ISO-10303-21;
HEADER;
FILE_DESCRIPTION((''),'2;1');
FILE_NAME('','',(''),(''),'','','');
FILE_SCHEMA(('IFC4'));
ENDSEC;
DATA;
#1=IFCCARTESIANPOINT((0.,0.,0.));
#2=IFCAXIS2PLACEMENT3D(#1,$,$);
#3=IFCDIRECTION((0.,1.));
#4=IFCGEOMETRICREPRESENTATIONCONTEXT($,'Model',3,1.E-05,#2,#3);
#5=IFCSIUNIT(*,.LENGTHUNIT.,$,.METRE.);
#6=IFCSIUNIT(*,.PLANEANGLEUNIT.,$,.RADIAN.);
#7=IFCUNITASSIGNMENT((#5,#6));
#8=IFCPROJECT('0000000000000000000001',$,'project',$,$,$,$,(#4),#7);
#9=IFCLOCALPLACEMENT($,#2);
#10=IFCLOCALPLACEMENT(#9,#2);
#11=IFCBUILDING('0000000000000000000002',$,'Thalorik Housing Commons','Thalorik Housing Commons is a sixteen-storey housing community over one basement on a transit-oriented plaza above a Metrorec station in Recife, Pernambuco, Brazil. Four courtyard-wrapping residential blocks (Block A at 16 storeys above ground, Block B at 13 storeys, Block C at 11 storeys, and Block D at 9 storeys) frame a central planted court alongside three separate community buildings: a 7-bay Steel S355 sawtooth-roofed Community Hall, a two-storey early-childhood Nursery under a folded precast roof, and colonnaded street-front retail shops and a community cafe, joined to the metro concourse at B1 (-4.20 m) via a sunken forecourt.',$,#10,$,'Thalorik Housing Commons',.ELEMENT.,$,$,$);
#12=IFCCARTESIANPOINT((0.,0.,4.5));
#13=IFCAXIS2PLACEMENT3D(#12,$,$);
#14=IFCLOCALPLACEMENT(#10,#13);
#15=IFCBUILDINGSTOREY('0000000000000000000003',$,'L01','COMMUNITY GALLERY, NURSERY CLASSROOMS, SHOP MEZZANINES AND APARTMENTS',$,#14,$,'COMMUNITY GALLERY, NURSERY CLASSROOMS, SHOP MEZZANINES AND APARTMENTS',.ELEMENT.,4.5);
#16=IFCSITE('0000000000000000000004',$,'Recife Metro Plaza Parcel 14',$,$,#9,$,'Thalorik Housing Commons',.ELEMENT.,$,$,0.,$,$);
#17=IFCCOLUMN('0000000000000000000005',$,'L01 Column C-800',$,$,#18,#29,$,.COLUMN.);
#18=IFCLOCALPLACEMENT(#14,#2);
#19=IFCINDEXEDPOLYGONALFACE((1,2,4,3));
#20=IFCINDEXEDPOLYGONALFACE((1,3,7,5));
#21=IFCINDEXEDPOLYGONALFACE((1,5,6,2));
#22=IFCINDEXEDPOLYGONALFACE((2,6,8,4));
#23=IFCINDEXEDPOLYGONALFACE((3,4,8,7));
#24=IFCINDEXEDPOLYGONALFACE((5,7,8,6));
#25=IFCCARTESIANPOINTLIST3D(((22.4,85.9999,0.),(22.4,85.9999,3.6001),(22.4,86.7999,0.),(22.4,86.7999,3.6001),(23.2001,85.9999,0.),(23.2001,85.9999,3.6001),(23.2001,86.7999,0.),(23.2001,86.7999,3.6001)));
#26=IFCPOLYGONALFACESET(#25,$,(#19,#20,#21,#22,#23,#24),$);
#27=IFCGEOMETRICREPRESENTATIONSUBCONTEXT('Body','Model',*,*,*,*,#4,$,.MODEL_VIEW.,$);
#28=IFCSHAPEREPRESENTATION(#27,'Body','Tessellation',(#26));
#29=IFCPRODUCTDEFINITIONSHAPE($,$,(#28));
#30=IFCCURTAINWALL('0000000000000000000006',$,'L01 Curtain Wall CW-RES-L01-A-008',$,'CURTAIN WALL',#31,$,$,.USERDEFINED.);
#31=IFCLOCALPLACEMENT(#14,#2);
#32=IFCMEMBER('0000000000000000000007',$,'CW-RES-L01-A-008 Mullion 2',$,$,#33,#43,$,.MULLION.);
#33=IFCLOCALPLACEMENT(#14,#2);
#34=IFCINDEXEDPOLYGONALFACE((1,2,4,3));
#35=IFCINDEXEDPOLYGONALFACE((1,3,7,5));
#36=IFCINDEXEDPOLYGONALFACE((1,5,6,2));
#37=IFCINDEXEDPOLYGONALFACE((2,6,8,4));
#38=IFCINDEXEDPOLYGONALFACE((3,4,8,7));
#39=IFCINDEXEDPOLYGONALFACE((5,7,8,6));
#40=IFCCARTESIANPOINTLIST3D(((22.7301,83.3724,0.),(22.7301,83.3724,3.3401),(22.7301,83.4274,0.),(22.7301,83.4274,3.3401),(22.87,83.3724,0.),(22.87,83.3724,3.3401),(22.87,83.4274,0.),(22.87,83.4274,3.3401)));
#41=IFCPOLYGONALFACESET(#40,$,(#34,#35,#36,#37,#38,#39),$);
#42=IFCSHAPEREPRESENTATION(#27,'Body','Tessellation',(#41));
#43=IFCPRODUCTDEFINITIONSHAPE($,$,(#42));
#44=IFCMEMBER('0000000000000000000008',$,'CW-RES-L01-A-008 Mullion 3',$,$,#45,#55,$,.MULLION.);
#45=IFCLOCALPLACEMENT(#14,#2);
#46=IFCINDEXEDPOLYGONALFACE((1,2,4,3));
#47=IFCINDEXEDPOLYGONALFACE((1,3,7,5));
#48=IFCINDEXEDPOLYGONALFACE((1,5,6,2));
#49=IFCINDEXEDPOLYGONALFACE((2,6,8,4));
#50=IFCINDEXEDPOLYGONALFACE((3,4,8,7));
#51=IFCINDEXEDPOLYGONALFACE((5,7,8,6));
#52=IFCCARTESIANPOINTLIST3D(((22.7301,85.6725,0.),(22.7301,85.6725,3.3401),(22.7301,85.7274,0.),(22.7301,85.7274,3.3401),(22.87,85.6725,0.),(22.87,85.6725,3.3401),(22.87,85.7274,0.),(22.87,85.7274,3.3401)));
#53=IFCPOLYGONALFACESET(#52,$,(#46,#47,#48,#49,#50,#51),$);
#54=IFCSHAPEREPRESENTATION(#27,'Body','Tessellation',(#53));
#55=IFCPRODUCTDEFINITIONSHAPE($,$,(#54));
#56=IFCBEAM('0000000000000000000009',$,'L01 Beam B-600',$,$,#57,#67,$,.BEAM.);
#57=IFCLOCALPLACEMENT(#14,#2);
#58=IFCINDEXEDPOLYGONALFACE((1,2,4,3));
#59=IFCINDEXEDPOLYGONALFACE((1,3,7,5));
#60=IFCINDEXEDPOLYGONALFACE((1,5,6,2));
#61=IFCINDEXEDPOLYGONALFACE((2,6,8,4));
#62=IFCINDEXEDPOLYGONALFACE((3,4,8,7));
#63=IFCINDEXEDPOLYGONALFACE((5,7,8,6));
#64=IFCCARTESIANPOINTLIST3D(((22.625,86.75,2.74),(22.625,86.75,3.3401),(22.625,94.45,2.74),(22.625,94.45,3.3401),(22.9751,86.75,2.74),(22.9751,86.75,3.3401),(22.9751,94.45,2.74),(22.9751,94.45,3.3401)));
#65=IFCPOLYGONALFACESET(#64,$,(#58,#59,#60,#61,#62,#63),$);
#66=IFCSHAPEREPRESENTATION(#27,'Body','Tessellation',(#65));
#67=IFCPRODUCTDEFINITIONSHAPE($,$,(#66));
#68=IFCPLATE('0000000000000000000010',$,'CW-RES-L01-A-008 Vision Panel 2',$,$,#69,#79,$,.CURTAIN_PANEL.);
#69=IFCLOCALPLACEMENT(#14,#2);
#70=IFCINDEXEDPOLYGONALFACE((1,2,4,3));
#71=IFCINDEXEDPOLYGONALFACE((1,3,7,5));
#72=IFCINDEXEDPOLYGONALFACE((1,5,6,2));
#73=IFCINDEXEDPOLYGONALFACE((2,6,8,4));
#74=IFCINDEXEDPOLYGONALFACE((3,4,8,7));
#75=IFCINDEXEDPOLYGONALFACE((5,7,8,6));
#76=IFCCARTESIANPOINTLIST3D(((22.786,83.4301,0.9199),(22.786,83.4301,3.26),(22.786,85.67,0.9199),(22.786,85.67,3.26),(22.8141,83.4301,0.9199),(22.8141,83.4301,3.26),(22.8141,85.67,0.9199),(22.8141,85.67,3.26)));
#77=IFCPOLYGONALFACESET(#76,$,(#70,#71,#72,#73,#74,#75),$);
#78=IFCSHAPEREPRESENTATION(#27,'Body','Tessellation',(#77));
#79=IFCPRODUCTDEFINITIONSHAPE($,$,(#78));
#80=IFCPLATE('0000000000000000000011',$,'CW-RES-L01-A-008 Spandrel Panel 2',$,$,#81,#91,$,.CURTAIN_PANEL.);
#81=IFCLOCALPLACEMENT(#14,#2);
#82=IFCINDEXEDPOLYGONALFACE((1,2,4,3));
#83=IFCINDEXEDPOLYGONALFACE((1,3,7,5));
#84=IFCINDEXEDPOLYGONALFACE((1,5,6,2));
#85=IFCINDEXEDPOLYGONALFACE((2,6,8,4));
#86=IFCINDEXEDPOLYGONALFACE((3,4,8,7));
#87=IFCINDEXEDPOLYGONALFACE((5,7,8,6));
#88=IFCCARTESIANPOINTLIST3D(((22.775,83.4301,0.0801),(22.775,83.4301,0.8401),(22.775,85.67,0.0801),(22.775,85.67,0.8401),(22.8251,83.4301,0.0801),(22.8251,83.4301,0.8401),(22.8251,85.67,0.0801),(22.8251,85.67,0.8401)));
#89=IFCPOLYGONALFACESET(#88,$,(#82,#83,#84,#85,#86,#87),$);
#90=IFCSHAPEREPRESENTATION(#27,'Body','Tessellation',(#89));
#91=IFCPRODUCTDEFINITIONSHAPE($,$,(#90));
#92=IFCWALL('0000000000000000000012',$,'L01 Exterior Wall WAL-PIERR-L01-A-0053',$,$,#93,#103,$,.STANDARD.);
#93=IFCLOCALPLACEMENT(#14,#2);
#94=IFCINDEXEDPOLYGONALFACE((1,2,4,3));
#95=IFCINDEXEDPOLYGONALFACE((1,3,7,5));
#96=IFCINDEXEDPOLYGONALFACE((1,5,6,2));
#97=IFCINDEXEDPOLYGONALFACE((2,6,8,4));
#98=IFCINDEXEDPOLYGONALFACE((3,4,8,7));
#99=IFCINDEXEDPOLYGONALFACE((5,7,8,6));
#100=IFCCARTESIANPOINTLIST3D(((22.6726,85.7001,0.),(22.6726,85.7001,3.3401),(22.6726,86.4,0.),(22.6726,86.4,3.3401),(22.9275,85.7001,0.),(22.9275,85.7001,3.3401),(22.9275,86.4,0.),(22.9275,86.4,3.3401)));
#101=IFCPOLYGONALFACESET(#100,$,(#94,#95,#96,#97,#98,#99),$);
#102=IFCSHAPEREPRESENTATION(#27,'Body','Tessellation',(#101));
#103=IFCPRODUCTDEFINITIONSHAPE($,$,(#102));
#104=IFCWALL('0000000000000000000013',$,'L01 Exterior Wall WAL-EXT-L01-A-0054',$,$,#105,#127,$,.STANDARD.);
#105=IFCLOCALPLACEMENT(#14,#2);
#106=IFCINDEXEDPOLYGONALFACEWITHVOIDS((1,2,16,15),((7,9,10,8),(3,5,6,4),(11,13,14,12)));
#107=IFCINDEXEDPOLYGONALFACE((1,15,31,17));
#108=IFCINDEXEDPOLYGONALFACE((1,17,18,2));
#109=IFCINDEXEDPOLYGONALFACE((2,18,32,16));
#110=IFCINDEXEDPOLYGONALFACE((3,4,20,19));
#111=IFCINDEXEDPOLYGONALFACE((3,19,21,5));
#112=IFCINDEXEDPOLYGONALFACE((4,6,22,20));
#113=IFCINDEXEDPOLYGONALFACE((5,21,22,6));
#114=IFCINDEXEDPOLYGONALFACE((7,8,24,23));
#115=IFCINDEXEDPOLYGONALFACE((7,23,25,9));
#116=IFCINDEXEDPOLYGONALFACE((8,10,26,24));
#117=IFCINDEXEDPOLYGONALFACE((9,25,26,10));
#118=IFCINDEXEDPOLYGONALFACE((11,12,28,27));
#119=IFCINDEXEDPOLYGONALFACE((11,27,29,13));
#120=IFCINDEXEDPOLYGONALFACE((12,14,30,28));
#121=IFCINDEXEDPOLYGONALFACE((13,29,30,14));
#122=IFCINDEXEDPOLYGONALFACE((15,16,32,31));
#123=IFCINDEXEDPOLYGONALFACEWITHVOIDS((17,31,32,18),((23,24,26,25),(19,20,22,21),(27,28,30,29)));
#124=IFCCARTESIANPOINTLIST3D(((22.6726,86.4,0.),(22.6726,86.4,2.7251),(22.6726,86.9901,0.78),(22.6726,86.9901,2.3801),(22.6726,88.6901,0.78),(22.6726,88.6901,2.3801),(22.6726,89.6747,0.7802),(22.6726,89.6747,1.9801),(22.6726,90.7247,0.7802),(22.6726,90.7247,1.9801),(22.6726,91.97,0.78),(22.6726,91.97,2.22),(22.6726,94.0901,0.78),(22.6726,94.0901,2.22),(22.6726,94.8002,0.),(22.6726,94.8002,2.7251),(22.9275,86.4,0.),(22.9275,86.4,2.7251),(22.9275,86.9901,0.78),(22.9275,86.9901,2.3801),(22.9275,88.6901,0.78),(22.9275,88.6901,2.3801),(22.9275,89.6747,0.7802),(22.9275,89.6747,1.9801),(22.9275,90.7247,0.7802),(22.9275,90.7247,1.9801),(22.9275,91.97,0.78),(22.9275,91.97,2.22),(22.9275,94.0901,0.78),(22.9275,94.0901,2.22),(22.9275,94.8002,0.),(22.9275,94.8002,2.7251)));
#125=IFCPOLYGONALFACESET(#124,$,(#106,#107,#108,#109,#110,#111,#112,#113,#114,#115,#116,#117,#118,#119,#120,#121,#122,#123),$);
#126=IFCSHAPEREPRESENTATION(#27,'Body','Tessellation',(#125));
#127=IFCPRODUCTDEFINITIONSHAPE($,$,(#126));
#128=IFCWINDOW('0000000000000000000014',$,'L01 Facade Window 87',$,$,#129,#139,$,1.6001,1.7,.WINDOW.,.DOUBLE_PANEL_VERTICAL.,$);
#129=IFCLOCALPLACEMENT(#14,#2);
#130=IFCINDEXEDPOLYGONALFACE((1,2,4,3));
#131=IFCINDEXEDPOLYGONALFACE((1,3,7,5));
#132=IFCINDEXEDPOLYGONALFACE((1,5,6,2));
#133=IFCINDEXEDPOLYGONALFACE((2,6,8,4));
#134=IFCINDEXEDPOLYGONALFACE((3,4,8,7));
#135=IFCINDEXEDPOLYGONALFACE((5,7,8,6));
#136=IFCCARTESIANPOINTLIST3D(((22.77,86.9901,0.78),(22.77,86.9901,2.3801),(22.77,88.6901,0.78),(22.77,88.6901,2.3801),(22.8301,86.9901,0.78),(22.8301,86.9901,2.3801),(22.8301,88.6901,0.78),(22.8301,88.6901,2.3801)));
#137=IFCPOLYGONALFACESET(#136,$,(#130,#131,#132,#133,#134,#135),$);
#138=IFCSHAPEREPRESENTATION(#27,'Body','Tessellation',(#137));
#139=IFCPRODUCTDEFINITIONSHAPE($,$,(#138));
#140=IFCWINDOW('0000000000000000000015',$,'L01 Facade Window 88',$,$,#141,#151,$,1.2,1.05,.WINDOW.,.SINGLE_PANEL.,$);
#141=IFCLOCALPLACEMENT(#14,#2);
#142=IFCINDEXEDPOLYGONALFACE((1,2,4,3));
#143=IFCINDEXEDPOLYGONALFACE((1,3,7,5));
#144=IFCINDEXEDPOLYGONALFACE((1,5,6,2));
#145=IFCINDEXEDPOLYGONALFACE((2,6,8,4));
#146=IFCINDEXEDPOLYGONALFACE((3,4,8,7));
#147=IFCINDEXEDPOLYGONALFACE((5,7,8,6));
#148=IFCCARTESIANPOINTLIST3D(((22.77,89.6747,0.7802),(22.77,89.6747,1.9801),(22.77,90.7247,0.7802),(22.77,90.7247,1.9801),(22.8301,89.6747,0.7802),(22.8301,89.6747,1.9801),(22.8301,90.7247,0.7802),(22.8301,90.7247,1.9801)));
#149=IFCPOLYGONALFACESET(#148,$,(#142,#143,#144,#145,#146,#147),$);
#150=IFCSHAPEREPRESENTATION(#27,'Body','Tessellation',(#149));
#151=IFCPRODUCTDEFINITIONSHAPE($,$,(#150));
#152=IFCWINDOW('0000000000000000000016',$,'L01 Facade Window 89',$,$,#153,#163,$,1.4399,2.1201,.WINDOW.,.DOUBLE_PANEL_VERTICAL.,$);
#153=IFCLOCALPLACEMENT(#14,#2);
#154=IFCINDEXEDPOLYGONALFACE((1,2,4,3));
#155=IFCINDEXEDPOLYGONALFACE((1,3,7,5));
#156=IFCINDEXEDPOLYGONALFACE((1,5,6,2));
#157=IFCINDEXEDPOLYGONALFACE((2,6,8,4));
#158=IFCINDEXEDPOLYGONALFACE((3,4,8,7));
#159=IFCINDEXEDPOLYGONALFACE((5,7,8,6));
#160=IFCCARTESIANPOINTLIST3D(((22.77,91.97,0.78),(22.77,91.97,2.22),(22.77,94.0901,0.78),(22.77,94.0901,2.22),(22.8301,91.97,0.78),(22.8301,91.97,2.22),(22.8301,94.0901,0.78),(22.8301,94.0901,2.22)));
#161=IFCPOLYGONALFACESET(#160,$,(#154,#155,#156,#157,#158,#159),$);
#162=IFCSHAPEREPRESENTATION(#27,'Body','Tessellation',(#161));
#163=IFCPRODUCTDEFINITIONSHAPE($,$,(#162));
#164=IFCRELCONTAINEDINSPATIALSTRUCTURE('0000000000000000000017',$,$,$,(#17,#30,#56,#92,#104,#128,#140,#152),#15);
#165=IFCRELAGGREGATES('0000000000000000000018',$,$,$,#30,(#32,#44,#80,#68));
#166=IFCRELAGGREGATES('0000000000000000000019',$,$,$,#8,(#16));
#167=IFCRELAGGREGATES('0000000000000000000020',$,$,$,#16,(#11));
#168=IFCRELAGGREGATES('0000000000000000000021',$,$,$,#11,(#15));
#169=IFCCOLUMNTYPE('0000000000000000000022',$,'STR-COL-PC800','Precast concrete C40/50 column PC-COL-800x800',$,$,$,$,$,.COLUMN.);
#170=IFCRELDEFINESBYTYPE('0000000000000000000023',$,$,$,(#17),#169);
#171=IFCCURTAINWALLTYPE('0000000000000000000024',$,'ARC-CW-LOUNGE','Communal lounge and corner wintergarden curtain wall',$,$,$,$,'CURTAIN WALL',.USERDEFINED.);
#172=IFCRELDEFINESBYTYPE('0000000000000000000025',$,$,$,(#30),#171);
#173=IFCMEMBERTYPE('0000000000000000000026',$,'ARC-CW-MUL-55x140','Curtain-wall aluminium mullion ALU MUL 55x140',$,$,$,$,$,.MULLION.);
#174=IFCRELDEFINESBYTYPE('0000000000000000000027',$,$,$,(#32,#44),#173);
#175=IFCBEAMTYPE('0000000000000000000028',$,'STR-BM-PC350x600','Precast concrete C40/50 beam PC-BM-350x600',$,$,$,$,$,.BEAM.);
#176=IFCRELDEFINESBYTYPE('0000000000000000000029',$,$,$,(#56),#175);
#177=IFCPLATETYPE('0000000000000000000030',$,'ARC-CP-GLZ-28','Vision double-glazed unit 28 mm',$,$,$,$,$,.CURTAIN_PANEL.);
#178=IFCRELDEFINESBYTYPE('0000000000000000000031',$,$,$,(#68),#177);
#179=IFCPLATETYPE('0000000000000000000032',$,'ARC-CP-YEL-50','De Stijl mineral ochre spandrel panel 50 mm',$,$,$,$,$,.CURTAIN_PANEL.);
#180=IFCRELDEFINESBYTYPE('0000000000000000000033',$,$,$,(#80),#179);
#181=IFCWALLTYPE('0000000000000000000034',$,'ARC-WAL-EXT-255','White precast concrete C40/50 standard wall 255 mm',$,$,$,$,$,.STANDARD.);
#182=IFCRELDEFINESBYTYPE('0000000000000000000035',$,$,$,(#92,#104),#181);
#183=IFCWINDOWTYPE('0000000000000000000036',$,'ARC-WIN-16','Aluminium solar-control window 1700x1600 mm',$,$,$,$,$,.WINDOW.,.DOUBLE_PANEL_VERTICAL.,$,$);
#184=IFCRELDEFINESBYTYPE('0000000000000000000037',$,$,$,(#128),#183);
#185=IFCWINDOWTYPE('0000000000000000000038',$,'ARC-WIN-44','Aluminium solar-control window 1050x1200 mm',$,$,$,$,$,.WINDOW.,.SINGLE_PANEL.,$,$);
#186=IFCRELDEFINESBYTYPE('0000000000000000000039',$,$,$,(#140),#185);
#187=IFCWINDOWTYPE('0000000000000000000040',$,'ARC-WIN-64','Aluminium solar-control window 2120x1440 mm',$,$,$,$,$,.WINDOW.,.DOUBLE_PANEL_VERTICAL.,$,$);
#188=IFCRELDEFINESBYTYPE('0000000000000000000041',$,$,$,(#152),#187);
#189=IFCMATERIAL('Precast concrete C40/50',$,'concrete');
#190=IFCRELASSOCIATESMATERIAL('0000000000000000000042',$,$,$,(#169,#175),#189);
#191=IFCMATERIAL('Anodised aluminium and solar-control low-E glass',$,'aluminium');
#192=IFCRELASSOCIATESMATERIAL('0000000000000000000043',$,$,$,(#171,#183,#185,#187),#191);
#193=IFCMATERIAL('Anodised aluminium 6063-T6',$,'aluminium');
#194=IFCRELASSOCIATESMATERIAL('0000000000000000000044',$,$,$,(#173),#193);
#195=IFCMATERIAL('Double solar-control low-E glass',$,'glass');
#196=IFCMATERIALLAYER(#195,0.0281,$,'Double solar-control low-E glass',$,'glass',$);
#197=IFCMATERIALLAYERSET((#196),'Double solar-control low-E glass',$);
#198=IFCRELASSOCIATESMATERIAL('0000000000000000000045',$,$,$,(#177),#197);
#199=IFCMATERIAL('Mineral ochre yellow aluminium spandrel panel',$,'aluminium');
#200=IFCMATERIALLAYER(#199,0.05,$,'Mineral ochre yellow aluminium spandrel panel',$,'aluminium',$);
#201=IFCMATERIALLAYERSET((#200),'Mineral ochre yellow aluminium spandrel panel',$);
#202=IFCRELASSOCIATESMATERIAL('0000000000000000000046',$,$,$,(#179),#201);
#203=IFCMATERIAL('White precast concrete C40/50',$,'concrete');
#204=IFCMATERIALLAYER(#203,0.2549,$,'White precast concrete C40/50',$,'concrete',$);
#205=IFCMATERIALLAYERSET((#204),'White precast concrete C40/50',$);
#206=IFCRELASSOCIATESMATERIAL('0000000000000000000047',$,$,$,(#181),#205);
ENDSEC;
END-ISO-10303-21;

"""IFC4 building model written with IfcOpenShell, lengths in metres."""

from ifc_helpers import new_model, si_unit, direction, frame, frame_2d, origin, origin_2d, place, context, subcontext, project, spatial, rectangle, extrude, material, layer, layer_set, material_profile, profile_set, type_object, element, fill, aggregate, save


model = new_model("IFC4")

# Units and contexts
model_context = context("Model", 3, precision=1e-05, world=origin(), true_north=direction((0.0, 1.0)))
body_context = subcontext(model_context, "Body", "Model", "MODEL_VIEW")
ifc_project = project(units=[si_unit("LENGTHUNIT", "METRE"), si_unit("PLANEANGLEUNIT", "RADIAN")], contexts=[model_context])

# Site, building, storey
site_placement = place(None, origin())
site = spatial("IfcSite", under=ifc_project, at=site_placement, Name="Recife Metro Plaza Parcel 14", LongName="Thalorik Housing Commons", CompositionType="ELEMENT", RefElevation=0.0)
building_placement = place(site_placement, origin())
building = spatial("IfcBuilding", under=site, at=building_placement, Name="Thalorik Housing Commons", Description="Thalorik Housing Commons is a sixteen-storey housing community over one basement on a transit-oriented plaza above a Metrorec station in Recife, Pernambuco, Brazil. Four courtyard-wrapping residential blocks (Block A at 16 storeys above ground, Block B at 13 storeys, Block C at 11 storeys, and Block D at 9 storeys) frame a central planted court alongside three separate community buildings: a 7-bay Steel S355 sawtooth-roofed Community Hall, a two-storey early-childhood Nursery under a folded precast roof, and colonnaded street-front retail shops and a community cafe, joined to the metro concourse at B1 (-4.20 m) via a sunken forecourt.", LongName="Thalorik Housing Commons", CompositionType="ELEMENT")
storey_placement = place(building_placement, frame((0.0, 0.0, 4.5)))
storey = spatial("IfcBuildingStorey", under=building, at=storey_placement, Name="L01", Description="COMMUNITY GALLERY, NURSERY CLASSROOMS, SHOP MEZZANINES AND APARTMENTS", LongName="COMMUNITY GALLERY, NURSERY CLASSROOMS, SHOP MEZZANINES AND APARTMENTS", CompositionType="ELEMENT", Elevation=4.5)

# Column
ifc_material_1 = material(Name="Precast concrete C40/50", Category="concrete")
ifc_material_profile_1 = material_profile(ifc_material_1, rectangle(XDim=0.8, YDim=0.8, at=origin_2d()), Name="PC 800x800", Category="concrete")
ifc_profile_set_1 = profile_set([ifc_material_profile_1], Name="Precast concrete C40/50")
column_type = type_object("IfcColumnType", Name="STR-COL-PC800", Description="Precast concrete C40/50 column PC-COL-800x800", PredefinedType="COLUMN", material=ifc_profile_set_1)
column_placement = place(storey_placement, frame((22.8, 86.3999, 0.0), z_axis=(0.0, 0.0, 1.0), x_axis=(1.0, 0.0, 0.0)))
element("IfcColumn", 1, at=column_placement, inside=storey, type_object=column_type, Name="L01 Column C-800", PredefinedType="COLUMN", context=body_context, shape_type="SweptSolid", body=[
    extrude(rectangle(XDim=0.8, YDim=0.8, at=origin_2d()), origin(), (0.0, 0.0, 1.0), 3.6001),
])

# Curtain wall, members
ifc_material_2 = material(Name="Anodised aluminium and solar-control low-E glass", Category="aluminium")
curtain_wall_type = type_object("IfcCurtainWallType", Name="ARC-CW-LOUNGE", Description="Communal lounge and corner wintergarden curtain wall", ElementType="CURTAIN WALL", PredefinedType="USERDEFINED", material=ifc_material_2)
curtain_wall_placement = place(storey_placement, origin())
curtain_wall = element("IfcCurtainWall", 2, at=curtain_wall_placement, inside=storey, type_object=curtain_wall_type, Name="L01 Curtain Wall CW-RES-L01-A-008", ObjectType="CURTAIN WALL", PredefinedType="USERDEFINED")
ifc_material_3 = material(Name="Anodised aluminium 6063-T6", Category="aluminium")
ifc_material_profile_2 = material_profile(ifc_material_3, rectangle(XDim=0.0549, YDim=0.1399, at=origin_2d()), Name="ALU MUL 55x140", Category="aluminium")
ifc_profile_set_2 = profile_set([ifc_material_profile_2], Name="Anodised aluminium 6063-T6")
member_type = type_object("IfcMemberType", Name="ARC-CW-MUL-55x140", Description="Curtain-wall aluminium mullion ALU MUL 55x140", PredefinedType="MULLION", material=ifc_profile_set_2)
member_1_placement = place(storey_placement, frame((22.8, 83.3999, 0.0), z_axis=(0.0, 0.0, 1.0), x_axis=(0.0, 1.0, 0.0)))
member_1 = element("IfcMember", 3, at=member_1_placement, type_object=member_type, Name="CW-RES-L01-A-008 Mullion 2", PredefinedType="MULLION", context=body_context, shape_type="SweptSolid", body=[
    extrude(rectangle(XDim=0.0549, YDim=0.1399, at=origin_2d()), origin(), (0.0, 0.0, 1.0), 3.3401),
])
member_2_placement = place(storey_placement, frame((22.8, 85.7, 0.0), z_axis=(0.0, 0.0, 1.0), x_axis=(0.0, 1.0, 0.0)))
member_2 = element("IfcMember", 4, at=member_2_placement, type_object=member_type, Name="CW-RES-L01-A-008 Mullion 3", PredefinedType="MULLION", context=body_context, shape_type="SweptSolid", body=[
    extrude(rectangle(XDim=0.0549, YDim=0.1399, at=origin_2d()), origin(), (0.0, 0.0, 1.0), 3.3401),
])

# Beam
ifc_material_profile_3 = material_profile(ifc_material_1, rectangle(XDim=0.3501, YDim=0.6001, at=origin_2d()), Name="PC 350x600", Category="concrete")
ifc_profile_set_3 = profile_set([ifc_material_profile_3], Name="Precast concrete C40/50")
beam_type = type_object("IfcBeamType", Name="STR-BM-PC350x600", Description="Precast concrete C40/50 beam PC-BM-350x600", PredefinedType="BEAM", material=ifc_profile_set_3)
beam_placement = place(storey_placement, frame((22.8, 86.75, 3.04), z_axis=(0.0, 1.0, 0.0), x_axis=(-1.0, 0.0, 0.0)))
element("IfcBeam", 5, at=beam_placement, inside=storey, type_object=beam_type, Name="L01 Beam B-600", PredefinedType="BEAM", context=body_context, shape_type="SweptSolid", body=[
    extrude(rectangle(XDim=0.3501, YDim=0.6001, at=origin_2d()), origin(), (0.0, 0.0, 1.0), 7.7),
])

# Plates
ifc_material_4 = material(Name="Double solar-control low-E glass", Category="glass")
ifc_layer_1 = layer(ifc_material_4, 0.0281, Name="Double solar-control low-E glass", Category="glass")
ifc_layer_set_1 = layer_set([ifc_layer_1], Name="Double solar-control low-E glass")
plate_type_1 = type_object("IfcPlateType", Name="ARC-CP-GLZ-28", Description="Vision double-glazed unit 28 mm", PredefinedType="CURTAIN_PANEL", material=ifc_layer_set_1)
plate_1_placement = place(storey_placement, frame((22.8, 84.55, 0.9199), z_axis=(0.0, 0.0, 1.0), x_axis=(0.0, 1.0, 0.0)))
plate_1 = element("IfcPlate", 6, at=plate_1_placement, type_object=plate_type_1, Name="CW-RES-L01-A-008 Vision Panel 2", PredefinedType="CURTAIN_PANEL", context=body_context, shape_type="SweptSolid", body=[
    extrude(rectangle(XDim=2.24, YDim=0.0281, at=origin_2d()), origin(), (0.0, 0.0, 1.0), 2.3401),
])
ifc_material_5 = material(Name="Mineral ochre yellow aluminium spandrel panel", Category="aluminium")
ifc_layer_2 = layer(ifc_material_5, 0.05, Name="Mineral ochre yellow aluminium spandrel panel", Category="aluminium")
ifc_layer_set_2 = layer_set([ifc_layer_2], Name="Mineral ochre yellow aluminium spandrel panel")
plate_type_2 = type_object("IfcPlateType", Name="ARC-CP-YEL-50", Description="De Stijl mineral ochre spandrel panel 50 mm", PredefinedType="CURTAIN_PANEL", material=ifc_layer_set_2)
plate_2_placement = place(storey_placement, frame((22.8, 84.55, 0.0801), z_axis=(0.0, 0.0, 1.0), x_axis=(0.0, 1.0, 0.0)))
plate_2 = element("IfcPlate", 7, at=plate_2_placement, type_object=plate_type_2, Name="CW-RES-L01-A-008 Spandrel Panel 2", PredefinedType="CURTAIN_PANEL", context=body_context, shape_type="SweptSolid", body=[
    extrude(rectangle(XDim=2.24, YDim=0.05, at=origin_2d()), origin(), (0.0, 0.0, 1.0), 0.76),
])
aggregate(curtain_wall, [member_1, member_2, plate_2, plate_1])

# Wall
ifc_material_6 = material(Name="White precast concrete C40/50", Category="concrete")
ifc_layer_3 = layer(ifc_material_6, 0.2549, Name="White precast concrete C40/50", Category="concrete")
ifc_layer_set_3 = layer_set([ifc_layer_3], Name="White precast concrete C40/50")
wall_type = type_object("IfcWallType", Name="ARC-WAL-EXT-255", Description="White precast concrete C40/50 standard wall 255 mm", PredefinedType="STANDARD", material=ifc_layer_set_3)
wall_1_placement = place(storey_placement, frame((22.8, 85.7, 0.0), z_axis=(0.0, 0.0, 1.0), x_axis=(0.0, 1.0, 0.0)))
element("IfcWall", 8, at=wall_1_placement, inside=storey, type_object=wall_type, Name="L01 Exterior Wall WAL-PIERR-L01-A-0053", PredefinedType="STANDARD", context=body_context, shape_type="SweptSolid", body=[
    extrude(rectangle(XDim=0.7, YDim=0.2549, at=frame_2d((0.3501, 0.0))), origin(), (0.0, 0.0, 1.0), 3.3401),
])

# Wall, openings, windows
wall_2_placement = place(storey_placement, frame((22.8, 86.3999, 0.0), z_axis=(0.0, 0.0, 1.0), x_axis=(0.0, 1.0, 0.0)))
wall_2 = element("IfcWall", 9, at=wall_2_placement, inside=storey, type_object=wall_type, Name="L01 Exterior Wall WAL-EXT-L01-A-0054", PredefinedType="STANDARD", context=body_context, shape_type="SweptSolid", body=[
    extrude(rectangle(XDim=8.4001, YDim=0.2549, at=frame_2d((4.2002, 0.0))), origin(), (0.0, 0.0, 1.0), 2.7251),
])
opening_1_placement = place(wall_2_placement, frame((0.5901, 0.0, 0.78)))
opening_1 = element("IfcOpeningElement", 10, at=opening_1_placement, cuts=wall_2, PredefinedType="OPENING", context=body_context, shape_type="SweptSolid", body=[
    extrude(rectangle(XDim=1.7, YDim=1.6001, at=frame_2d((0.8501, 0.8))), frame((0.0, 0.1375, 0.0), z_axis=(0.0, -1.0, 0.0), x_axis=(1.0, 0.0, 0.0)), (0.0, 0.0, 1.0), 0.2749),
])
opening_2_placement = place(wall_2_placement, frame((3.2749, 0.0, 0.78)))
opening_2 = element("IfcOpeningElement", 11, at=opening_2_placement, cuts=wall_2, PredefinedType="OPENING", context=body_context, shape_type="SweptSolid", body=[
    extrude(rectangle(XDim=1.05, YDim=1.2, at=frame_2d((0.5249, 0.6001))), frame((0.0, 0.1375, 0.0), z_axis=(0.0, -1.0, 0.0), x_axis=(1.0, 0.0, 0.0)), (0.0, 0.0, 1.0), 0.2749),
])
opening_3_placement = place(wall_2_placement, frame((5.5701, 0.0, 0.78)))
opening_3 = element("IfcOpeningElement", 12, at=opening_3_placement, cuts=wall_2, PredefinedType="OPENING", context=body_context, shape_type="SweptSolid", body=[
    extrude(rectangle(XDim=2.1201, YDim=1.4399, at=frame_2d((1.0601, 0.72))), frame((0.0, 0.1375, 0.0), z_axis=(0.0, -1.0, 0.0), x_axis=(1.0, 0.0, 0.0)), (0.0, 0.0, 1.0), 0.2749),
])
window_type_1 = type_object("IfcWindowType", Name="ARC-WIN-16", Description="Aluminium solar-control window 1700x1600 mm", PartitioningType="DOUBLE_PANEL_VERTICAL", PredefinedType="WINDOW", material=ifc_material_2)
window_1_placement = place(opening_1_placement, origin())
window_1 = element("IfcWindow", 13, at=window_1_placement, inside=storey, type_object=window_type_1, Name="L01 Facade Window 87", OverallHeight=1.6001, OverallWidth=1.7, PartitioningType="DOUBLE_PANEL_VERTICAL", PredefinedType="WINDOW", context=body_context, shape_type="SweptSolid", body=[
    extrude(rectangle(XDim=1.7, YDim=1.6001, at=frame_2d((0.8501, 0.8))), frame((0.0, 0.03, 0.0), z_axis=(0.0, -1.0, 0.0), x_axis=(1.0, 0.0, 0.0)), (0.0, 0.0, 1.0), 0.0601),
])
fill(opening_1, window_1)
window_type_2 = type_object("IfcWindowType", Name="ARC-WIN-44", Description="Aluminium solar-control window 1050x1200 mm", PartitioningType="SINGLE_PANEL", PredefinedType="WINDOW", material=ifc_material_2)
window_2_placement = place(opening_2_placement, origin())
window_2 = element("IfcWindow", 14, at=window_2_placement, inside=storey, type_object=window_type_2, Name="L01 Facade Window 88", OverallHeight=1.2, OverallWidth=1.05, PartitioningType="SINGLE_PANEL", PredefinedType="WINDOW", context=body_context, shape_type="SweptSolid", body=[
    extrude(rectangle(XDim=1.05, YDim=1.2, at=frame_2d((0.5249, 0.6001))), frame((0.0, 0.03, 0.0), z_axis=(0.0, -1.0, 0.0), x_axis=(1.0, 0.0, 0.0)), (0.0, 0.0, 1.0), 0.0601),
])
fill(opening_2, window_2)
window_type_3 = type_object("IfcWindowType", Name="ARC-WIN-64", Description="Aluminium solar-control window 2120x1440 mm", PartitioningType="DOUBLE_PANEL_VERTICAL", PredefinedType="WINDOW", material=ifc_material_2)
window_3_placement = place(opening_3_placement, origin())
window_3 = element("IfcWindow", 15, at=window_3_placement, inside=storey, type_object=window_type_3, Name="L01 Facade Window 89", OverallHeight=1.4399, OverallWidth=2.1201, PartitioningType="DOUBLE_PANEL_VERTICAL", PredefinedType="WINDOW", context=body_context, shape_type="SweptSolid", body=[
    extrude(rectangle(XDim=2.1201, YDim=1.4399, at=frame_2d((1.0601, 0.72))), frame((0.0, 0.03, 0.0), z_axis=(0.0, -1.0, 0.0), x_axis=(1.0, 0.0, 0.0)), (0.0, 0.0, 1.0), 0.0601),
])
fill(opening_3, window_3)

save(model, "model.ifc")
